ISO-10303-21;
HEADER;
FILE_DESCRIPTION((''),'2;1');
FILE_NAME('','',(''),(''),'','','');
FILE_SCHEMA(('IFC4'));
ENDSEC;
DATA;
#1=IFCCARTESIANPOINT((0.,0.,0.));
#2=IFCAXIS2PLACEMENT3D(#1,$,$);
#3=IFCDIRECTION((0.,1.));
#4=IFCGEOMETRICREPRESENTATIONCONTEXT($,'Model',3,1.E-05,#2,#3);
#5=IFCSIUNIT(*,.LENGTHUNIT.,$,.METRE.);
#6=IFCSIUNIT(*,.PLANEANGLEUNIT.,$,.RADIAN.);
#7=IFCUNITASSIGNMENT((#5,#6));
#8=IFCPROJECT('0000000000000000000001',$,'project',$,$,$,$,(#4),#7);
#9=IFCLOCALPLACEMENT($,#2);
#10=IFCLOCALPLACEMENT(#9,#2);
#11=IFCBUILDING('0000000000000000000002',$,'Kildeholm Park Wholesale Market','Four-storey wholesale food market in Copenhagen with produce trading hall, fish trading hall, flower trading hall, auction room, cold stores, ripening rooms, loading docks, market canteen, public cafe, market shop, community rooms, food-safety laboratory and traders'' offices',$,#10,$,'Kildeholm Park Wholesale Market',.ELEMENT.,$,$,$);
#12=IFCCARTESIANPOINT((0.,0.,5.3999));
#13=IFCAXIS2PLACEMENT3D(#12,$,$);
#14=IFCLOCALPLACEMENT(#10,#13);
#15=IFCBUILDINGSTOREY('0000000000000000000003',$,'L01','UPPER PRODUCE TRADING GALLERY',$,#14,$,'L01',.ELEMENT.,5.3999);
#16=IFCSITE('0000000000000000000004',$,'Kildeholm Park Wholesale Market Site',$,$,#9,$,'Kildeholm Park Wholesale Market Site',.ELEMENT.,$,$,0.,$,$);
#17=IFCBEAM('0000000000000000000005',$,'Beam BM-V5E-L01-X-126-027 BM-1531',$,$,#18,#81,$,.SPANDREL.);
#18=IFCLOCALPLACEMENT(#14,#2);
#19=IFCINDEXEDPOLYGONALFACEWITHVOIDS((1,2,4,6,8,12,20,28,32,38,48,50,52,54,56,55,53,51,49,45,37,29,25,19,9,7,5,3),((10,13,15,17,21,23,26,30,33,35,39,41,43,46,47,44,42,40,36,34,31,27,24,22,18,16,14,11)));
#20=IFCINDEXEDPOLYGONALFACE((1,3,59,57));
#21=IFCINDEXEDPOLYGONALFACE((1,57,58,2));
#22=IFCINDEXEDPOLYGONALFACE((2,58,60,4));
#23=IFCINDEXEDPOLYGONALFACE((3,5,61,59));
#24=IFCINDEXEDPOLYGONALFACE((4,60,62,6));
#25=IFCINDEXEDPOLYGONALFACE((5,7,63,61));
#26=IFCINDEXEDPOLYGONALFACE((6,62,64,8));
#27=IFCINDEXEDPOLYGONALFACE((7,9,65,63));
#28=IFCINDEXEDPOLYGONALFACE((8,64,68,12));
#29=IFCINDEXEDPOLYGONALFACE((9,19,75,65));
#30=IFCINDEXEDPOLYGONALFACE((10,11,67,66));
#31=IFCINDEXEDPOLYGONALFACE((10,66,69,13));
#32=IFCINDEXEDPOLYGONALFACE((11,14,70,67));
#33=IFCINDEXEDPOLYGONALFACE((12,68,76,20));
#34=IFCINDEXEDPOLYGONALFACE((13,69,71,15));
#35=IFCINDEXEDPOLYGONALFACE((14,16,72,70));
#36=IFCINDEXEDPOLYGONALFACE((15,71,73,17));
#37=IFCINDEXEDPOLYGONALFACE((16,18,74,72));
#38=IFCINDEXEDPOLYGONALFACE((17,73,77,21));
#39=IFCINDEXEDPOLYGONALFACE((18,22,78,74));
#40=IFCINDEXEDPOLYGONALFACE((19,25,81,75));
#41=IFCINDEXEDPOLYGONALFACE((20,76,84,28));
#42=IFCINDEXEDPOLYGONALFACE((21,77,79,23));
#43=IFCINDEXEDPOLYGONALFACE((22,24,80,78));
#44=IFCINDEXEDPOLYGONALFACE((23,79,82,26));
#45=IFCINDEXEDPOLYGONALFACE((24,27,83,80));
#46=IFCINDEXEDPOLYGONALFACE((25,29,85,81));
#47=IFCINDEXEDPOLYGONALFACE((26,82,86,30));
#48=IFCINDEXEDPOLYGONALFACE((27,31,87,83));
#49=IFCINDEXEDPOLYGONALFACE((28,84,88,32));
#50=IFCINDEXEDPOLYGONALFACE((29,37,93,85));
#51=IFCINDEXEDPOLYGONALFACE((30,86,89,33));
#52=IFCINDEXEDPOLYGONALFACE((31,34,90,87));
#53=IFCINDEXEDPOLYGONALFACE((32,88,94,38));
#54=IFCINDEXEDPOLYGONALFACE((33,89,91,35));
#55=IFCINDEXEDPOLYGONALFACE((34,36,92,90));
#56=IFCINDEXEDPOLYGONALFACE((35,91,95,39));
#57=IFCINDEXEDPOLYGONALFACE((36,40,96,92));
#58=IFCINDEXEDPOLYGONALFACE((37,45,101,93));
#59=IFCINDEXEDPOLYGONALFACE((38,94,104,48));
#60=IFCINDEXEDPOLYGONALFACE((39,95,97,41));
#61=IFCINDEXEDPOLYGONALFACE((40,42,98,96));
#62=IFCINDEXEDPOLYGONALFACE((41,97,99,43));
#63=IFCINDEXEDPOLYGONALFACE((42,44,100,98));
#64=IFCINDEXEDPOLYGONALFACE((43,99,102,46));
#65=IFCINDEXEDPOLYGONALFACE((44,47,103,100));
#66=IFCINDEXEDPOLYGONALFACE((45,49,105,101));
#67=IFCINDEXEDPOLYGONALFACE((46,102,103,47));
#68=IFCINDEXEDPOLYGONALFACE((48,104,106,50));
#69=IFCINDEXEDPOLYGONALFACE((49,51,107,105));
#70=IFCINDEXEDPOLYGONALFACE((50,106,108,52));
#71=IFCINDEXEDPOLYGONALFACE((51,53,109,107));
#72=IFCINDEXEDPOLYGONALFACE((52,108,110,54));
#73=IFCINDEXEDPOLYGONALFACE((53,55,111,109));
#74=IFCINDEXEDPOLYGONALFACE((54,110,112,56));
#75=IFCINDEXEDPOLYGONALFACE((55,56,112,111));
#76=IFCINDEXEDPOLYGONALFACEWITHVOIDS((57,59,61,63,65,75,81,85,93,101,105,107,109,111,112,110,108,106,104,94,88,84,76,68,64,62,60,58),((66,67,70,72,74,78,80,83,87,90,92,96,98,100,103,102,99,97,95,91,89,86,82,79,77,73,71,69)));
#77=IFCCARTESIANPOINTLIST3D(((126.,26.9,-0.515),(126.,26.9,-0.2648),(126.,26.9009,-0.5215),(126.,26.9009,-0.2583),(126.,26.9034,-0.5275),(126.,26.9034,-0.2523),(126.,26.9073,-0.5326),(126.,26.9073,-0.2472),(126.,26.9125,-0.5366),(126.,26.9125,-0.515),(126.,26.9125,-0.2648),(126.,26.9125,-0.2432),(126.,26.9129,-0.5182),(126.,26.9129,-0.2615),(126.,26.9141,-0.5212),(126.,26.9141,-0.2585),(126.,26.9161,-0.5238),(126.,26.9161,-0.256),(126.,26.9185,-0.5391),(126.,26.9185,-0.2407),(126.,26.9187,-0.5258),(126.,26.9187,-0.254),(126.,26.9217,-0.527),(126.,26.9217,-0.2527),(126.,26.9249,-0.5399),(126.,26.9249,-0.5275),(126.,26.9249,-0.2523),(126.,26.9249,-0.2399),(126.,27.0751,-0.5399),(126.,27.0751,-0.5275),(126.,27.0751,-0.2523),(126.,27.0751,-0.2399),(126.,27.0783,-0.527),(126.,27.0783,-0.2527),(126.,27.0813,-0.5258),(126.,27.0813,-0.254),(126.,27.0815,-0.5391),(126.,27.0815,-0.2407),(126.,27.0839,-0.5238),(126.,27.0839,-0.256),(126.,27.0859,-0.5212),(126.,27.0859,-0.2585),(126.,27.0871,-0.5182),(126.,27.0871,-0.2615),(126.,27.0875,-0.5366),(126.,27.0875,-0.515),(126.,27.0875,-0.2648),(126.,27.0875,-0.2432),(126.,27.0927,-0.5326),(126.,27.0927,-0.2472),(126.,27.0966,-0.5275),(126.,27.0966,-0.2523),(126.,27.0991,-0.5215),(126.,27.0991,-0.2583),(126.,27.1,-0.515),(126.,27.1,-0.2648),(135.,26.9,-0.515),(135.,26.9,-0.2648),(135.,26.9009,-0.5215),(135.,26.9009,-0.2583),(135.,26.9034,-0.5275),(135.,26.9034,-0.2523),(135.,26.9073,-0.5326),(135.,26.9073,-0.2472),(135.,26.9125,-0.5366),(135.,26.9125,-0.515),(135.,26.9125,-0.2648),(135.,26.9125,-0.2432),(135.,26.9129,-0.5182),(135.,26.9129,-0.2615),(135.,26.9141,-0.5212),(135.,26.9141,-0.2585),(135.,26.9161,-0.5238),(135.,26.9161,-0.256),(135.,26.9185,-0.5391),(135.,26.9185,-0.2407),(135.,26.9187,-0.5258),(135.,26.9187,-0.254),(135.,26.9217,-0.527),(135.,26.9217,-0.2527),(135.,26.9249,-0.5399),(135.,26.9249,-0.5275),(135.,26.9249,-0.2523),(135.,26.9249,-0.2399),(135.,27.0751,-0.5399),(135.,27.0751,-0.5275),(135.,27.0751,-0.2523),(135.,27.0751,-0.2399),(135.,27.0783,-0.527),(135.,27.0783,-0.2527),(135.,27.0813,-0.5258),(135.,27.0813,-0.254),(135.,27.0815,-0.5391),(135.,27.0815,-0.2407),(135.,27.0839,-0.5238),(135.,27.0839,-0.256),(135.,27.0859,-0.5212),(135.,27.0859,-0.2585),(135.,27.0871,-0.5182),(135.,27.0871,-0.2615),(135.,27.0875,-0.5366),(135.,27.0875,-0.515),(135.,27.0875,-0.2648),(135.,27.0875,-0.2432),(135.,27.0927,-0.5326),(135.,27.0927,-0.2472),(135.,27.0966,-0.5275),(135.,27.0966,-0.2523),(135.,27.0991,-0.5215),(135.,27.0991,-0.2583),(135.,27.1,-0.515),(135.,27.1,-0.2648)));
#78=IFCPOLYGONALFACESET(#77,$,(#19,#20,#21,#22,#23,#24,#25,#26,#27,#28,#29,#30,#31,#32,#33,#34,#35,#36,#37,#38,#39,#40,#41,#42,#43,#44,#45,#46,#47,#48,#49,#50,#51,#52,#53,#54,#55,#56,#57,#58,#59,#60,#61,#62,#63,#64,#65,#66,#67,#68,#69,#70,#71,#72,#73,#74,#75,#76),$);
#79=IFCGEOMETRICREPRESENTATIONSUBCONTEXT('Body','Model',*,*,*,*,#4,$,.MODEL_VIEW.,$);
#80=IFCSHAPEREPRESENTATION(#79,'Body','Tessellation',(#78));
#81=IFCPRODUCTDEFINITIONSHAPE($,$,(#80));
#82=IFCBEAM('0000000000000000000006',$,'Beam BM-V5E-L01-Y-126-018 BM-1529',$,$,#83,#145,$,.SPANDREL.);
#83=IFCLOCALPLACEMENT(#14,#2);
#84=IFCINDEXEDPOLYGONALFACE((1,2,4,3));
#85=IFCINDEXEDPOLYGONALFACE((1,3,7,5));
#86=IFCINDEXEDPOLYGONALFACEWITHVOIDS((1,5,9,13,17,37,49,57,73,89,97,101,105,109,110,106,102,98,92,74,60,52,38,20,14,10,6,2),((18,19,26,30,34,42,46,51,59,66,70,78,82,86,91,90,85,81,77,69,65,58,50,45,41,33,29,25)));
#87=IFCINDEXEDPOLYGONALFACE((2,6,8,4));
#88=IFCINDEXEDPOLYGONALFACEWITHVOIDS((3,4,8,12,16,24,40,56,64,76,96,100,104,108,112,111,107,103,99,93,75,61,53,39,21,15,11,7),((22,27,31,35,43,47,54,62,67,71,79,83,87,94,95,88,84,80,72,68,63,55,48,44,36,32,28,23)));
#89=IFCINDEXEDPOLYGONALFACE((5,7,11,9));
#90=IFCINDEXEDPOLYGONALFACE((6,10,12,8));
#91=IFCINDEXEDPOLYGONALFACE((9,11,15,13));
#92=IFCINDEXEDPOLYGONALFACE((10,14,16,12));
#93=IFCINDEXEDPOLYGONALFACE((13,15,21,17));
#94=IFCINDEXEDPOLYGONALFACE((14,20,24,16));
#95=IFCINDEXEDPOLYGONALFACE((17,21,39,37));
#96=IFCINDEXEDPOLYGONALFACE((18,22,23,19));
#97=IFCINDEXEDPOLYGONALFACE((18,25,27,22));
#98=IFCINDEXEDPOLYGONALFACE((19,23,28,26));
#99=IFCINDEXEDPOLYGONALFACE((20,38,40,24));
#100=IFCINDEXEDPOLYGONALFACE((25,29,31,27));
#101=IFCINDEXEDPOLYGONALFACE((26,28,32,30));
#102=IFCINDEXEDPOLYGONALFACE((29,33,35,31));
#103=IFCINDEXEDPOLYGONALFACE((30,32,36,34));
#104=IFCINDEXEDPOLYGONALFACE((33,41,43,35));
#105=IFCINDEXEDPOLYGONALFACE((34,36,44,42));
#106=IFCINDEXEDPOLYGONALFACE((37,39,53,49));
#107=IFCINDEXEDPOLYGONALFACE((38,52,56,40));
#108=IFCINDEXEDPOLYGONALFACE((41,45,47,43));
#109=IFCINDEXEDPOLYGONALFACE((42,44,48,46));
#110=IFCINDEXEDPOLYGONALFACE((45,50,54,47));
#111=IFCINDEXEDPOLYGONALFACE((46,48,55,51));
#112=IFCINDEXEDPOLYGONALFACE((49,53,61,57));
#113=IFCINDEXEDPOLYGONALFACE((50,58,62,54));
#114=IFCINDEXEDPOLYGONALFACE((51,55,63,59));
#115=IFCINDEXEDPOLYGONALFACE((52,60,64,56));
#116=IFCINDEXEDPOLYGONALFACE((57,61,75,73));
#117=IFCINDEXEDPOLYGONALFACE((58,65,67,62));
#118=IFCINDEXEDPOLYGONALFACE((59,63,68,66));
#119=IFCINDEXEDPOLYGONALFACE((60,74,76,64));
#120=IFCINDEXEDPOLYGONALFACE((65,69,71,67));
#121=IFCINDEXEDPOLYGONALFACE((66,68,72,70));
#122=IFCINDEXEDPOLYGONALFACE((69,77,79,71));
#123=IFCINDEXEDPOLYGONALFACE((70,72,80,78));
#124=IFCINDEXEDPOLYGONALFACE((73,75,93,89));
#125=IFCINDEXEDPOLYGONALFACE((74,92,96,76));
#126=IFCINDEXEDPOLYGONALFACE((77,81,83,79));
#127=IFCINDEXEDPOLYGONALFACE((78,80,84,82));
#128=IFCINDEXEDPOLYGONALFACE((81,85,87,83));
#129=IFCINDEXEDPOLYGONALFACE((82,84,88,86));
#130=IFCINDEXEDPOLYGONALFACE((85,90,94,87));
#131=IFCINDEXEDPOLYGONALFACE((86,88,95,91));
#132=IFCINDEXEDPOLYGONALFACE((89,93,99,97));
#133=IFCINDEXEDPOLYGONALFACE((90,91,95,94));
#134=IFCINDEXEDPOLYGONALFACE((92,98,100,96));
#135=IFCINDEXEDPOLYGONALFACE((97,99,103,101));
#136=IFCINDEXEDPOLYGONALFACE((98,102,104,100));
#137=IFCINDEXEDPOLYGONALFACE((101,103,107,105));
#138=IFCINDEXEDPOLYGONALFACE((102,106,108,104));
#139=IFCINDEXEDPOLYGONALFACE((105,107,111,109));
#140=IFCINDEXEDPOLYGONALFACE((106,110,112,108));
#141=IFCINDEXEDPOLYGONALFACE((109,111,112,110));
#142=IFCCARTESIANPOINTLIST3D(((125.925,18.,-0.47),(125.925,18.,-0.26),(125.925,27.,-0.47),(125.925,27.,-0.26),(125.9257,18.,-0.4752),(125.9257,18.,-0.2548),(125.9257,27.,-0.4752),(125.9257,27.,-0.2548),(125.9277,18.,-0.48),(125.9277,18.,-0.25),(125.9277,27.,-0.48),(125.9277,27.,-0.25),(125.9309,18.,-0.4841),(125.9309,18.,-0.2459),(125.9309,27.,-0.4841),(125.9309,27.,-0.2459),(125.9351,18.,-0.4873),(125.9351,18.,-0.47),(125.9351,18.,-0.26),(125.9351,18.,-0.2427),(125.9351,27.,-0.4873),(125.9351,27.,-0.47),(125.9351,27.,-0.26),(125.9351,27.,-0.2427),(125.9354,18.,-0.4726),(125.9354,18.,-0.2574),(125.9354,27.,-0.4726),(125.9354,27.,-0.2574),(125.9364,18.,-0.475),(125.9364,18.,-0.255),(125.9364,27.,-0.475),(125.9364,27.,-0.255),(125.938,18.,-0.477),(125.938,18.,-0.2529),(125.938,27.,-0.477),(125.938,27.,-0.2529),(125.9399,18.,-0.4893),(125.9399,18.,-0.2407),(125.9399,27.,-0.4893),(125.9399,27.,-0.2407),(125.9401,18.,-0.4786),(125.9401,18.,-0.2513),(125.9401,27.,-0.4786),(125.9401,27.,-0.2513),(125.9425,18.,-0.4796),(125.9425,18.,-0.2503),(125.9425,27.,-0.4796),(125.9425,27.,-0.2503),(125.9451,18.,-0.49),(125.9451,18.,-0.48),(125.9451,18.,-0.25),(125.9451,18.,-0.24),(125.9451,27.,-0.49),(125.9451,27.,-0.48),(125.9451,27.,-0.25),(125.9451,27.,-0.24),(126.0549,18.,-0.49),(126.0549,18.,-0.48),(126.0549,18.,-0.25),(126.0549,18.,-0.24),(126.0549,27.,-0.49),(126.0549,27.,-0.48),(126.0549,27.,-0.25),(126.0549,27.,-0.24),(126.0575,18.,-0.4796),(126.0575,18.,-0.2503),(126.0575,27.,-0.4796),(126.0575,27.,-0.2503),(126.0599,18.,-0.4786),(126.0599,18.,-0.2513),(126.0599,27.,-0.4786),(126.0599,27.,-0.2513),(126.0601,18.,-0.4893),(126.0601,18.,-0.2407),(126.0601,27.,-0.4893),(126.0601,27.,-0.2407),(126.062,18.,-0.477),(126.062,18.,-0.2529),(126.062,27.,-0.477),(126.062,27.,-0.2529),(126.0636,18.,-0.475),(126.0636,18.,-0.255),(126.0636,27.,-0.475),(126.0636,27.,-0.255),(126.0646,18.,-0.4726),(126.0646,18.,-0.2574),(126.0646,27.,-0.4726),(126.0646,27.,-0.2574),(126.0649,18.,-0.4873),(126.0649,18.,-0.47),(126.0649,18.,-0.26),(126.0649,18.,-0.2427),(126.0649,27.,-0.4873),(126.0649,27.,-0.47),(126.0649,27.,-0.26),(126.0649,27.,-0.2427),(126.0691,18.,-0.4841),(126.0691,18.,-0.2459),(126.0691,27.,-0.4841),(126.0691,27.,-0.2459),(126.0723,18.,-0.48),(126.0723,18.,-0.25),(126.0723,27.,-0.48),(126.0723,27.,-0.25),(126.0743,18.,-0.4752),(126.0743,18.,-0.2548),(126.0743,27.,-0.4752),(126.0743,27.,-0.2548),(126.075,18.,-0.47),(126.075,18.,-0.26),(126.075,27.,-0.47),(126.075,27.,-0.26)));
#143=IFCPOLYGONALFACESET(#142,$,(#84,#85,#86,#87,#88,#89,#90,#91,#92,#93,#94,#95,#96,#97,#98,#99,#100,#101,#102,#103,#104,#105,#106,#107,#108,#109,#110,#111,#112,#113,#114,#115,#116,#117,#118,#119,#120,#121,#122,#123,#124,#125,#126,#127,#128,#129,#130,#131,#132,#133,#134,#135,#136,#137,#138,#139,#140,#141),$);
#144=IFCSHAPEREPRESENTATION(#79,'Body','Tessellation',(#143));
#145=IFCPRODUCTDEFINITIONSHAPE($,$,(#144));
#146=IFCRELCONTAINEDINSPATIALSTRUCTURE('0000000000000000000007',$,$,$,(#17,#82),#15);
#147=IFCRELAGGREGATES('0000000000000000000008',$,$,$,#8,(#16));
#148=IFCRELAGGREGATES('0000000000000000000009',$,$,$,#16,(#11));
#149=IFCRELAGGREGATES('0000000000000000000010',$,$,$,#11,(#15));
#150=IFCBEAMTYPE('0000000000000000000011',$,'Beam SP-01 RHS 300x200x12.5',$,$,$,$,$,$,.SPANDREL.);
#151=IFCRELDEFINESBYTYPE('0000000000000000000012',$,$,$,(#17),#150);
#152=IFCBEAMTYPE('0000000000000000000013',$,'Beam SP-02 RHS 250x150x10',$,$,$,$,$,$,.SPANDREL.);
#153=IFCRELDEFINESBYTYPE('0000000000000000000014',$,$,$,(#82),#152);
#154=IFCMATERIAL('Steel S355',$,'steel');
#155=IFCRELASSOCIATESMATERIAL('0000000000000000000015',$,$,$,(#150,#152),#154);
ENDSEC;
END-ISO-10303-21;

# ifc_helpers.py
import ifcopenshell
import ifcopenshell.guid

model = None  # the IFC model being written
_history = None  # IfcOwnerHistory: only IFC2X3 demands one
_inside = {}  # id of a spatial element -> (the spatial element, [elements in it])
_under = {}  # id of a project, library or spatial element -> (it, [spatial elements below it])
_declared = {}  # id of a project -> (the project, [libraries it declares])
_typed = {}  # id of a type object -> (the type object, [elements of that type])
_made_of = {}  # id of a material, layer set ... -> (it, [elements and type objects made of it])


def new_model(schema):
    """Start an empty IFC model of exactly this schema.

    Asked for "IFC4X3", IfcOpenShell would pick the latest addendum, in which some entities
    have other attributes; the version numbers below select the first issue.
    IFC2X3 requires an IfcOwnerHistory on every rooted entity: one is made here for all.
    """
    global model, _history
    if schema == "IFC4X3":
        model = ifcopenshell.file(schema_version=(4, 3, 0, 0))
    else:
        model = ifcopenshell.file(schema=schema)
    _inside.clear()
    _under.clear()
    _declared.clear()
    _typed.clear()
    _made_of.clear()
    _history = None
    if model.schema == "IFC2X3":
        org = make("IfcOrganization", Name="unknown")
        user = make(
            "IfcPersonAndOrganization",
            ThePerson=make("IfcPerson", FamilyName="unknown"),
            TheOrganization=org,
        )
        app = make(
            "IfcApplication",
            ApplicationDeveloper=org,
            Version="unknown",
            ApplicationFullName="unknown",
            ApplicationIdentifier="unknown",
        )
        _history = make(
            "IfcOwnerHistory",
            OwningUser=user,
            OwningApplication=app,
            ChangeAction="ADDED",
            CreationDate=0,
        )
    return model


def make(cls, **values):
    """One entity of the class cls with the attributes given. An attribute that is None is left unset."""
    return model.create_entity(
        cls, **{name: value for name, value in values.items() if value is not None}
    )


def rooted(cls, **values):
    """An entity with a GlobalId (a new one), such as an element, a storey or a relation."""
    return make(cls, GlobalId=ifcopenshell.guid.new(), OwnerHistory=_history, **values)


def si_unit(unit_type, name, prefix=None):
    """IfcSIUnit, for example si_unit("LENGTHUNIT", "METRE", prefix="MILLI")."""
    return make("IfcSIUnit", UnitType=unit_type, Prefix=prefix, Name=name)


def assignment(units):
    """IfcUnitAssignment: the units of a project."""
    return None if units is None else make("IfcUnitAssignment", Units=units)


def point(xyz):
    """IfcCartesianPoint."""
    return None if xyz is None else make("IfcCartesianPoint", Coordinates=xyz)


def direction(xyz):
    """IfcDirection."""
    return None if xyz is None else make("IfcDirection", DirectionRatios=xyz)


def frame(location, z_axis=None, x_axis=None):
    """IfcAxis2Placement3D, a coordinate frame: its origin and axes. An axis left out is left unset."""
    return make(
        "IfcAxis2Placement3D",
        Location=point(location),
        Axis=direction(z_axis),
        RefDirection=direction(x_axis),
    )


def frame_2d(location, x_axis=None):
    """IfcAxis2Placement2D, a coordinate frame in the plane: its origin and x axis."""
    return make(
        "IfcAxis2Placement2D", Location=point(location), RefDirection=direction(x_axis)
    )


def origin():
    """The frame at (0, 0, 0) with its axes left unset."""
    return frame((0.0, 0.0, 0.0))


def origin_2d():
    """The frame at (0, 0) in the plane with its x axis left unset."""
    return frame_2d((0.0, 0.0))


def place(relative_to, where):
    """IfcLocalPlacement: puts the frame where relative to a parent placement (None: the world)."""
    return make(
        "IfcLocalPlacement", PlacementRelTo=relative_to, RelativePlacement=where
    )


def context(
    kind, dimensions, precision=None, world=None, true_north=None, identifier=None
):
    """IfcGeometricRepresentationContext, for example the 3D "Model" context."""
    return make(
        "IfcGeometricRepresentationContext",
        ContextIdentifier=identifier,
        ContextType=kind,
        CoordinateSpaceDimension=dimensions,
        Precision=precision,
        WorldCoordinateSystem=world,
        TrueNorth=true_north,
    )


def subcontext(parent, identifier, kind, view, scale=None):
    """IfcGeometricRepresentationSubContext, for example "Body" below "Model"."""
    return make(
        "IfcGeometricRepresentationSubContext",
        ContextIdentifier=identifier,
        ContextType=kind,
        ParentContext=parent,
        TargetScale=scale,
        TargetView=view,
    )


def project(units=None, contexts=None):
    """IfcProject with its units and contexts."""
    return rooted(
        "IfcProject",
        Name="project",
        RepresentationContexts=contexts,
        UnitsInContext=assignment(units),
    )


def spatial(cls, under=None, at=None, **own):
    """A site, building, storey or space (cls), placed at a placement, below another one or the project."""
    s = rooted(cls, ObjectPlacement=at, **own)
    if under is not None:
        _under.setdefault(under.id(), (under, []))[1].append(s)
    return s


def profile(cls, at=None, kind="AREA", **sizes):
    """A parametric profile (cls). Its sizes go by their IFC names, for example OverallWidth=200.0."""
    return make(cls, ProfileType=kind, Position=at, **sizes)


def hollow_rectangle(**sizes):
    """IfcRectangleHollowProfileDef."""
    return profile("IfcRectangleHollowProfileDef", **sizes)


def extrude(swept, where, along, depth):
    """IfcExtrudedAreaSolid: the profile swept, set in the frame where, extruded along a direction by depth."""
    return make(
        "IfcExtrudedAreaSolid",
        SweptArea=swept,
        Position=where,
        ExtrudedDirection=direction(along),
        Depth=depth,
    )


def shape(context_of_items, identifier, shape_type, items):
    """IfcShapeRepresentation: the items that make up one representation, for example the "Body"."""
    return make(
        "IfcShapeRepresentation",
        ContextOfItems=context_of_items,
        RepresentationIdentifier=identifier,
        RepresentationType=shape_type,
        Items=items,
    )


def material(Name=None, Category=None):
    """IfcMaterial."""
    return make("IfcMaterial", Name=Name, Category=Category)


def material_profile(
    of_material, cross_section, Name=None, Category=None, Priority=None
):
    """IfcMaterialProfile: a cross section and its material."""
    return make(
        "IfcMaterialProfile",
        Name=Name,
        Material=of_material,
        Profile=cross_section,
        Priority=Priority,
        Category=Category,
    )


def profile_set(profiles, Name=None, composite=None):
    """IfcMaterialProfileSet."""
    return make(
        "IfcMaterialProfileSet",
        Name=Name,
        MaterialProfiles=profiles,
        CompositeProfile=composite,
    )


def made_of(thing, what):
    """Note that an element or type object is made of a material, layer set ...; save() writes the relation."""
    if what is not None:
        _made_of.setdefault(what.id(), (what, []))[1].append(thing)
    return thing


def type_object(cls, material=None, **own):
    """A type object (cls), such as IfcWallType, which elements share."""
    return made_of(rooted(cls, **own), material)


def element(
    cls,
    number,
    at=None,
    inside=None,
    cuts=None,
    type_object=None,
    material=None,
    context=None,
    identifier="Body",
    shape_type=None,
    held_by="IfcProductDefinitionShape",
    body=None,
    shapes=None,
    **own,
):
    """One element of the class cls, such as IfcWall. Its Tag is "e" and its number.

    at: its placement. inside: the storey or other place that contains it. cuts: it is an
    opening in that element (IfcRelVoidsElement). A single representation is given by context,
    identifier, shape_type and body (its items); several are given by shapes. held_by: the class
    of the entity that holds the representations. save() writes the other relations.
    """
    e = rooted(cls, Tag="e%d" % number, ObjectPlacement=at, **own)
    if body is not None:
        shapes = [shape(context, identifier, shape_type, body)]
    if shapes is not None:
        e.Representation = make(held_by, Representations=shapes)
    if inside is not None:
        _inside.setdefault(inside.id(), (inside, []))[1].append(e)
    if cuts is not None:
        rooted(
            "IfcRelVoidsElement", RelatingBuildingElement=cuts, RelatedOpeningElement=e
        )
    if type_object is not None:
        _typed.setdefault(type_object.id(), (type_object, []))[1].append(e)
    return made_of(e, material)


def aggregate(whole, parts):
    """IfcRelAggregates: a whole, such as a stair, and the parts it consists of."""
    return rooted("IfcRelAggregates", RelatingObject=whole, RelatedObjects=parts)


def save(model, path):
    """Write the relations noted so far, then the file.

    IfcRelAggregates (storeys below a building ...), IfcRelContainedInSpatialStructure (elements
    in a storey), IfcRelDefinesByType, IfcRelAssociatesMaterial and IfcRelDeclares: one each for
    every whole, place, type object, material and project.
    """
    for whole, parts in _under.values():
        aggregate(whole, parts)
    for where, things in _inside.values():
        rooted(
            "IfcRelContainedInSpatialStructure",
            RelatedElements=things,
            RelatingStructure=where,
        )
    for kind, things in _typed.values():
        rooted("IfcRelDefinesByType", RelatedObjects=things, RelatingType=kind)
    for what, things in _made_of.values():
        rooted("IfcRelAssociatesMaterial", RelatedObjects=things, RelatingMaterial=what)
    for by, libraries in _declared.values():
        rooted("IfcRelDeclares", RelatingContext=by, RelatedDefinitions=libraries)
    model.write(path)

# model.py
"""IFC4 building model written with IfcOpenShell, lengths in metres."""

from ifc_helpers import new_model, si_unit, direction, frame, origin, origin_2d, place, context, subcontext, project, spatial, hollow_rectangle, extrude, material, material_profile, profile_set, type_object, element, save


model = new_model("IFC4")

# Units and contexts
model_context = context("Model", 3, precision=1e-05, world=origin(), true_north=direction((0.0, 1.0)))
body_context = subcontext(model_context, "Body", "Model", "MODEL_VIEW")
ifc_project = project(units=[si_unit("LENGTHUNIT", "METRE"), si_unit("PLANEANGLEUNIT", "RADIAN")], contexts=[model_context])

# Site, building, storey
site_placement = place(None, origin())
site = spatial("IfcSite", under=ifc_project, at=site_placement, Name="Kildeholm Park Wholesale Market Site", LongName="Kildeholm Park Wholesale Market Site", CompositionType="ELEMENT", RefElevation=0.0)
building_placement = place(site_placement, origin())
building = spatial("IfcBuilding", under=site, at=building_placement, Name="Kildeholm Park Wholesale Market", Description="Four-storey wholesale food market in Copenhagen with produce trading hall, fish trading hall, flower trading hall, auction room, cold stores, ripening rooms, loading docks, market canteen, public cafe, market shop, community rooms, food-safety laboratory and traders' offices", LongName="Kildeholm Park Wholesale Market", CompositionType="ELEMENT")
storey_placement = place(building_placement, frame((0.0, 0.0, 5.3999)))
storey = spatial("IfcBuildingStorey", under=building, at=storey_placement, Name="L01", Description="UPPER PRODUCE TRADING GALLERY", LongName="L01", CompositionType="ELEMENT", Elevation=5.3999)

# Shared definitions
ifc_material_1 = material(Name="Steel S355", Category="steel")

# Beams
ifc_material_profile_1 = material_profile(ifc_material_1, hollow_rectangle(XDim=0.2, YDim=0.3, WallThickness=0.0125, InnerFilletRadius=0.0125, OuterFilletRadius=0.0249, at=origin_2d()), Name="RHS 300x200x12.5")
ifc_profile_set_1 = profile_set([ifc_material_profile_1], Name="Steel S355")
beam_type_1 = type_object("IfcBeamType", Name="Beam SP-01 RHS 300x200x12.5", PredefinedType="SPANDREL", material=ifc_profile_set_1)
beam_1_placement = place(storey_placement, frame((126.0, 27.0, -0.3899), z_axis=(1.0, 0.0, 0.0), x_axis=(0.0, 1.0, 0.0)))
element("IfcBeam", 1, at=beam_1_placement, inside=storey, type_object=beam_type_1, Name="Beam BM-V5E-L01-X-126-027 BM-1531", PredefinedType="SPANDREL", context=body_context, shape_type="SweptSolid", body=[
    extrude(hollow_rectangle(XDim=0.2, YDim=0.3, WallThickness=0.0125, InnerFilletRadius=0.0125, OuterFilletRadius=0.0249, at=origin_2d()), origin(), (0.0, 0.0, 1.0), 9.0),
])
ifc_material_profile_2 = material_profile(ifc_material_1, hollow_rectangle(XDim=0.1499, YDim=0.25, WallThickness=0.01, InnerFilletRadius=0.01, OuterFilletRadius=0.02, at=origin_2d()), Name="RHS 250x150x10")
ifc_profile_set_2 = profile_set([ifc_material_profile_2], Name="Steel S355")
beam_type_2 = type_object("IfcBeamType", Name="Beam SP-02 RHS 250x150x10", PredefinedType="SPANDREL", material=ifc_profile_set_2)
beam_2_placement = place(storey_placement, frame((126.0, 18.0, -0.365), z_axis=(0.0, 1.0, 0.0), x_axis=(-1.0, 0.0, 0.0)))
element("IfcBeam", 2, at=beam_2_placement, inside=storey, type_object=beam_type_2, Name="Beam BM-V5E-L01-Y-126-018 BM-1529", PredefinedType="SPANDREL", context=body_context, shape_type="SweptSolid", body=[
    extrude(hollow_rectangle(XDim=0.1499, YDim=0.25, WallThickness=0.01, InnerFilletRadius=0.01, OuterFilletRadius=0.02, at=origin_2d()), origin(), (0.0, 0.0, 1.0), 9.0),
])

save(model, "model.ifc")
